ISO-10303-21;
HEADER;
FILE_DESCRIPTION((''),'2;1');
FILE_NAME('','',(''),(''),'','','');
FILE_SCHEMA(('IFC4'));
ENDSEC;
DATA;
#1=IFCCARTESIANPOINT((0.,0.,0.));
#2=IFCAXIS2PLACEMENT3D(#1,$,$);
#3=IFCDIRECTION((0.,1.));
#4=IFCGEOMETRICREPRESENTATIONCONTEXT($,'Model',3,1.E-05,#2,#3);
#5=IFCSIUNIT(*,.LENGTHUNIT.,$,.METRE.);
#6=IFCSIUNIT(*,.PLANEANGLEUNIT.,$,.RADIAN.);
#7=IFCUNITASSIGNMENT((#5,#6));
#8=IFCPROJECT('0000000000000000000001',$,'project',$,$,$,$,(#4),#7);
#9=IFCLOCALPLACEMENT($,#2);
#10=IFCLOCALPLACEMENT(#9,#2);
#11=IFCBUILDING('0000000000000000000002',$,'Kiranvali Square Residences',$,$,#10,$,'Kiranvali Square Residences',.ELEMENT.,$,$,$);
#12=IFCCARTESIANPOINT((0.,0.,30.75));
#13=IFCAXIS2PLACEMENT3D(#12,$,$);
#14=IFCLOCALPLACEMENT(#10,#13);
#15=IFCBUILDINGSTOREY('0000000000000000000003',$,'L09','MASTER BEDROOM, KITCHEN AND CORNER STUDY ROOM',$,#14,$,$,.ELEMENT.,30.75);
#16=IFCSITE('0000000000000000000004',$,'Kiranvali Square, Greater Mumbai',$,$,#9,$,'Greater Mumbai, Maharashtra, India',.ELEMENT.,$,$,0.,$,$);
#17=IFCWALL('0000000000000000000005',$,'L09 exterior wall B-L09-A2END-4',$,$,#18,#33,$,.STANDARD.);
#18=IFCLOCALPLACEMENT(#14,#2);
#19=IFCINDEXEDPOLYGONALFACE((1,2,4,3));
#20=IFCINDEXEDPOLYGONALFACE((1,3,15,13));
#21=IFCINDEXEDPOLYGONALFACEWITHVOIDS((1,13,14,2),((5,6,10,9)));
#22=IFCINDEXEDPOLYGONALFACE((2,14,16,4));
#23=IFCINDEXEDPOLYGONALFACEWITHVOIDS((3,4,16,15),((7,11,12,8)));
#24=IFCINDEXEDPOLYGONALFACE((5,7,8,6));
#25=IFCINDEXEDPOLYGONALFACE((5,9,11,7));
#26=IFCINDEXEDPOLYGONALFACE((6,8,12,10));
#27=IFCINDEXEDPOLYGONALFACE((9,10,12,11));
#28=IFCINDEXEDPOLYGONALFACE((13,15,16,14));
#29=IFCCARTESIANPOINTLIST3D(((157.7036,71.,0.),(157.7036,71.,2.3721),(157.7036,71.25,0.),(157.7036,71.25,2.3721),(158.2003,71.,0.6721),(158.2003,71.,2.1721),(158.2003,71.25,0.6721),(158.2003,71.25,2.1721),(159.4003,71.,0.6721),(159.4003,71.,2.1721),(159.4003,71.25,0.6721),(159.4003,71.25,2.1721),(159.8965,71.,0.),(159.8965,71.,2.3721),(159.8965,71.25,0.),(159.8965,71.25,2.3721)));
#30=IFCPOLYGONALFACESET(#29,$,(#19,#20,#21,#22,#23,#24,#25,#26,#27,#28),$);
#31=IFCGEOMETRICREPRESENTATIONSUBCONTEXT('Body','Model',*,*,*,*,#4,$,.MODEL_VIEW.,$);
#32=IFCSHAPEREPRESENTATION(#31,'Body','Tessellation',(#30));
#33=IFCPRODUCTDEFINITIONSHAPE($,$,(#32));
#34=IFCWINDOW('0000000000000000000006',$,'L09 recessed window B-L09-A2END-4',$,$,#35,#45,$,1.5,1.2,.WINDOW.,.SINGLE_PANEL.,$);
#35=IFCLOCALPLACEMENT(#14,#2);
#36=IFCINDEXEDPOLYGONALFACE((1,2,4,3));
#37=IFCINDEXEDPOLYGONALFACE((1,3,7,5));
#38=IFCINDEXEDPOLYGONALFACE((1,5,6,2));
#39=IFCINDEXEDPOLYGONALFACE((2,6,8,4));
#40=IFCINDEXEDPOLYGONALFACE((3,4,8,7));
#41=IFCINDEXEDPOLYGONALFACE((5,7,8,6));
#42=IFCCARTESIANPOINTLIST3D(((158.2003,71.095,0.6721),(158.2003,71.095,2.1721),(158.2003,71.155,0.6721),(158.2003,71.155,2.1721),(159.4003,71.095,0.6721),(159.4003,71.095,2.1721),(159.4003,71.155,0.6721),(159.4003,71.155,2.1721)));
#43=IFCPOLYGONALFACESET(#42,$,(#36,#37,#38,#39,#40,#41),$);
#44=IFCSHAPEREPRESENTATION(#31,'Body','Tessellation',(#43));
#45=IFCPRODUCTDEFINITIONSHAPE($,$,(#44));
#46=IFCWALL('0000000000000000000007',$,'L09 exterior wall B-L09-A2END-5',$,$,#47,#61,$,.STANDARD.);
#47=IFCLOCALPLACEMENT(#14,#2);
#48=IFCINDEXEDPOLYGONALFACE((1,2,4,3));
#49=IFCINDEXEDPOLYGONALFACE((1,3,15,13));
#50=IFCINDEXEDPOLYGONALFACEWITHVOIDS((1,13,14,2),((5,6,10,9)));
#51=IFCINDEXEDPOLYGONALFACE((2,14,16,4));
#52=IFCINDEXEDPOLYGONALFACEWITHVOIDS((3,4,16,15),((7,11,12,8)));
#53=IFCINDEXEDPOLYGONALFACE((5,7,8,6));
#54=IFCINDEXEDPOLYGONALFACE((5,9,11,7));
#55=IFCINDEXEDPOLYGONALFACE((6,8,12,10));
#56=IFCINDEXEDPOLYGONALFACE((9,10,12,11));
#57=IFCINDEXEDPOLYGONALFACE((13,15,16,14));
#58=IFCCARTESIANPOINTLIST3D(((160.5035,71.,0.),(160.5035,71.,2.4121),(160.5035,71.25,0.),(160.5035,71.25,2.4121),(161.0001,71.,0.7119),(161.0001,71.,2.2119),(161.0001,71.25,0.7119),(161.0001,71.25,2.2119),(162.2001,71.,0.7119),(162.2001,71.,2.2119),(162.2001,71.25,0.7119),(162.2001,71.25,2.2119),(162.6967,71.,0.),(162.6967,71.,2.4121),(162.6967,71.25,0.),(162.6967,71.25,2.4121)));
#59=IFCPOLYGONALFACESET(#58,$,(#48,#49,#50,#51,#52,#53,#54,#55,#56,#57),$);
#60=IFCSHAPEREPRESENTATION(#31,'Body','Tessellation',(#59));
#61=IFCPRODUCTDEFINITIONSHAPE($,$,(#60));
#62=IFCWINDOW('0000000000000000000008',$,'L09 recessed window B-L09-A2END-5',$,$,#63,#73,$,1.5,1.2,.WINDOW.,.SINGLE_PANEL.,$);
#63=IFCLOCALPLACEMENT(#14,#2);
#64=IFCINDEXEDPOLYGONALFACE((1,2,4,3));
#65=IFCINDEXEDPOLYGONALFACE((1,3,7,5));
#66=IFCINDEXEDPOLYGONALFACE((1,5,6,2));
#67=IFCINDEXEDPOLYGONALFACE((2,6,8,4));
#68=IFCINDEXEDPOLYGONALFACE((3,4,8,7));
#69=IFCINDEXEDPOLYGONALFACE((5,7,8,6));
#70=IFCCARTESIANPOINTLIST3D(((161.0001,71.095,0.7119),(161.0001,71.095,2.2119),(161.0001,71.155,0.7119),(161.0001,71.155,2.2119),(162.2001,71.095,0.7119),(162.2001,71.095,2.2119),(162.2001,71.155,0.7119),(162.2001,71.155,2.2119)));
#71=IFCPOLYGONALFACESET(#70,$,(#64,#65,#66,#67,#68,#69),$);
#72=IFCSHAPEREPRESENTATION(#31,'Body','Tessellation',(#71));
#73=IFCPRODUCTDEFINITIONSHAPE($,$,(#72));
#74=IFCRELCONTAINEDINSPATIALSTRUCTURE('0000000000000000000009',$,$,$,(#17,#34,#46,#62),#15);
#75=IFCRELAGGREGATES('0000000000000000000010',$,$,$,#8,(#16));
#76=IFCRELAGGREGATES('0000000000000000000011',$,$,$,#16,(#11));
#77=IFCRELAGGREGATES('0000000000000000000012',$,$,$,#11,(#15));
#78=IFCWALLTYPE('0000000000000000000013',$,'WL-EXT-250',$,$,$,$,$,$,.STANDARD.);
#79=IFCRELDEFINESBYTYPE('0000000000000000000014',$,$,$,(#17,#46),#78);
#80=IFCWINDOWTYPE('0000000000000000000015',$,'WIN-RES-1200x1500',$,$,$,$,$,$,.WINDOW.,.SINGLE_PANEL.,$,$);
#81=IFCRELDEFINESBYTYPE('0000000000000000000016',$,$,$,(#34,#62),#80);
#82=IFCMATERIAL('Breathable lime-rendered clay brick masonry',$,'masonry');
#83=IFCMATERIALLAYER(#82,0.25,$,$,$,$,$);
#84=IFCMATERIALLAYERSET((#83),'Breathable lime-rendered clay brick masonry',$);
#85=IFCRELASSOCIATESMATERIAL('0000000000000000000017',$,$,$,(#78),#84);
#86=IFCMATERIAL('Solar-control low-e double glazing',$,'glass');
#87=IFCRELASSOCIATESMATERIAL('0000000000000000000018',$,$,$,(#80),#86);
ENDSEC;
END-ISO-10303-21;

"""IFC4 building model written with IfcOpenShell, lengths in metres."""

from ifc_helpers import new_model, si_unit, direction, frame, frame_2d, origin, place, context, subcontext, project, spatial, rectangle, extrude, material, layer, layer_set, type_object, element, fill, save


model = new_model("IFC4")

# Units and contexts
model_context = context("Model", 3, precision=1e-05, world=origin(), true_north=direction((0.0, 1.0)))
body_context = subcontext(model_context, "Body", "Model", "MODEL_VIEW")
ifc_project = project(units=[si_unit("LENGTHUNIT", "METRE"), si_unit("PLANEANGLEUNIT", "RADIAN")], contexts=[model_context])

# Site, building, storey
site_placement = place(None, origin())
site = spatial("IfcSite", under=ifc_project, at=site_placement, Name="Kiranvali Square, Greater Mumbai", LongName="Greater Mumbai, Maharashtra, India", CompositionType="ELEMENT", RefElevation=0.0)
building_placement = place(site_placement, origin())
building = spatial("IfcBuilding", under=site, at=building_placement, Name="Kiranvali Square Residences", LongName="Kiranvali Square Residences", CompositionType="ELEMENT")
storey_placement = place(building_placement, frame((0.0, 0.0, 30.75)))
storey = spatial("IfcBuildingStorey", under=building, at=storey_placement, Name="L09", Description="MASTER BEDROOM, KITCHEN AND CORNER STUDY ROOM", CompositionType="ELEMENT", Elevation=30.75)

# Walls, openings, windows
ifc_material_1 = material(Name="Breathable lime-rendered clay brick masonry", Category="masonry")
ifc_layer = layer(ifc_material_1, 0.25)
ifc_layer_set = layer_set([ifc_layer], Name="Breathable lime-rendered clay brick masonry")
wall_type = type_object("IfcWallType", Name="WL-EXT-250", PredefinedType="STANDARD", material=ifc_layer_set)
ifc_material_2 = material(Name="Solar-control low-e double glazing", Category="glass")
window_type = type_object("IfcWindowType", Name="WIN-RES-1200x1500", PartitioningType="SINGLE_PANEL", PredefinedType="WINDOW", material=ifc_material_2)
wall_1_placement = place(storey_placement, frame((157.7036, 71.125, 0.0), z_axis=(0.0, 0.0, 1.0), x_axis=(1.0, 0.0, 0.0)))
wall_1 = element("IfcWall", 1, at=wall_1_placement, inside=storey, type_object=wall_type, Name="L09 exterior wall B-L09-A2END-4", PredefinedType="STANDARD", context=body_context, shape_type="SweptSolid", body=[
    extrude(rectangle(XDim=2.1929, YDim=0.25, at=frame_2d((1.0964, 0.0))), origin(), (0.0, 0.0, 1.0), 2.3721),
])
opening_1_placement = place(wall_1_placement, frame((0.4966, 0.0, 0.6721)))
opening_1 = element("IfcOpeningElement", 2, at=opening_1_placement, cuts=wall_1, PredefinedType="OPENING", context=body_context, shape_type="SweptSolid", body=[
    extrude(rectangle(XDim=1.2, YDim=1.5, at=frame_2d((0.6001, 0.75))), frame((0.0, 0.135, 0.0), z_axis=(0.0, -1.0, 0.0), x_axis=(1.0, 0.0, 0.0)), (0.0, 0.0, 1.0), 0.27),
])
window_1_placement = place(opening_1_placement, origin())
window_1 = element("IfcWindow", 3, at=window_1_placement, inside=storey, type_object=window_type, Name="L09 recessed window B-L09-A2END-4", OverallHeight=1.5, OverallWidth=1.2, PartitioningType="SINGLE_PANEL", PredefinedType="WINDOW", context=body_context, shape_type="SweptSolid", body=[
    extrude(rectangle(XDim=1.2, YDim=1.5, at=frame_2d((0.6001, 0.75))), frame((0.0, 0.03, 0.0), z_axis=(0.0, -1.0, 0.0), x_axis=(1.0, 0.0, 0.0)), (0.0, 0.0, 1.0), 0.0601),
])
fill(opening_1, window_1)
wall_2_placement = place(storey_placement, frame((160.5034, 71.125, 0.0), z_axis=(0.0, 0.0, 1.0), x_axis=(1.0, 0.0, 0.0)))
wall_2 = element("IfcWall", 4, at=wall_2_placement, inside=storey, type_object=wall_type, Name="L09 exterior wall B-L09-A2END-5", PredefinedType="STANDARD", context=body_context, shape_type="SweptSolid", body=[
    extrude(rectangle(XDim=2.1931, YDim=0.25, at=frame_2d((1.0967, 0.0))), origin(), (0.0, 0.0, 1.0), 2.4121),
])
opening_2_placement = place(wall_2_placement, frame((0.4966, 0.0, 0.7119)))
opening_2 = element("IfcOpeningElement", 5, at=opening_2_placement, cuts=wall_2, PredefinedType="OPENING", context=body_context, shape_type="SweptSolid", body=[
    extrude(rectangle(XDim=1.2, YDim=1.5, at=frame_2d((0.6001, 0.75))), frame((0.0, 0.135, 0.0), z_axis=(0.0, -1.0, 0.0), x_axis=(1.0, 0.0, 0.0)), (0.0, 0.0, 1.0), 0.27),
])
window_2_placement = place(opening_2_placement, origin())
window_2 = element("IfcWindow", 6, at=window_2_placement, inside=storey, type_object=window_type, Name="L09 recessed window B-L09-A2END-5", OverallHeight=1.5, OverallWidth=1.2, PartitioningType="SINGLE_PANEL", PredefinedType="WINDOW", context=body_context, shape_type="SweptSolid", body=[
    extrude(rectangle(XDim=1.2, YDim=1.5, at=frame_2d((0.6001, 0.75))), frame((0.0, 0.03, 0.0), z_axis=(0.0, -1.0, 0.0), x_axis=(1.0, 0.0, 0.0)), (0.0, 0.0, 1.0), 0.0601),
])
fill(opening_2, window_2)

save(model, "model.ifc")
